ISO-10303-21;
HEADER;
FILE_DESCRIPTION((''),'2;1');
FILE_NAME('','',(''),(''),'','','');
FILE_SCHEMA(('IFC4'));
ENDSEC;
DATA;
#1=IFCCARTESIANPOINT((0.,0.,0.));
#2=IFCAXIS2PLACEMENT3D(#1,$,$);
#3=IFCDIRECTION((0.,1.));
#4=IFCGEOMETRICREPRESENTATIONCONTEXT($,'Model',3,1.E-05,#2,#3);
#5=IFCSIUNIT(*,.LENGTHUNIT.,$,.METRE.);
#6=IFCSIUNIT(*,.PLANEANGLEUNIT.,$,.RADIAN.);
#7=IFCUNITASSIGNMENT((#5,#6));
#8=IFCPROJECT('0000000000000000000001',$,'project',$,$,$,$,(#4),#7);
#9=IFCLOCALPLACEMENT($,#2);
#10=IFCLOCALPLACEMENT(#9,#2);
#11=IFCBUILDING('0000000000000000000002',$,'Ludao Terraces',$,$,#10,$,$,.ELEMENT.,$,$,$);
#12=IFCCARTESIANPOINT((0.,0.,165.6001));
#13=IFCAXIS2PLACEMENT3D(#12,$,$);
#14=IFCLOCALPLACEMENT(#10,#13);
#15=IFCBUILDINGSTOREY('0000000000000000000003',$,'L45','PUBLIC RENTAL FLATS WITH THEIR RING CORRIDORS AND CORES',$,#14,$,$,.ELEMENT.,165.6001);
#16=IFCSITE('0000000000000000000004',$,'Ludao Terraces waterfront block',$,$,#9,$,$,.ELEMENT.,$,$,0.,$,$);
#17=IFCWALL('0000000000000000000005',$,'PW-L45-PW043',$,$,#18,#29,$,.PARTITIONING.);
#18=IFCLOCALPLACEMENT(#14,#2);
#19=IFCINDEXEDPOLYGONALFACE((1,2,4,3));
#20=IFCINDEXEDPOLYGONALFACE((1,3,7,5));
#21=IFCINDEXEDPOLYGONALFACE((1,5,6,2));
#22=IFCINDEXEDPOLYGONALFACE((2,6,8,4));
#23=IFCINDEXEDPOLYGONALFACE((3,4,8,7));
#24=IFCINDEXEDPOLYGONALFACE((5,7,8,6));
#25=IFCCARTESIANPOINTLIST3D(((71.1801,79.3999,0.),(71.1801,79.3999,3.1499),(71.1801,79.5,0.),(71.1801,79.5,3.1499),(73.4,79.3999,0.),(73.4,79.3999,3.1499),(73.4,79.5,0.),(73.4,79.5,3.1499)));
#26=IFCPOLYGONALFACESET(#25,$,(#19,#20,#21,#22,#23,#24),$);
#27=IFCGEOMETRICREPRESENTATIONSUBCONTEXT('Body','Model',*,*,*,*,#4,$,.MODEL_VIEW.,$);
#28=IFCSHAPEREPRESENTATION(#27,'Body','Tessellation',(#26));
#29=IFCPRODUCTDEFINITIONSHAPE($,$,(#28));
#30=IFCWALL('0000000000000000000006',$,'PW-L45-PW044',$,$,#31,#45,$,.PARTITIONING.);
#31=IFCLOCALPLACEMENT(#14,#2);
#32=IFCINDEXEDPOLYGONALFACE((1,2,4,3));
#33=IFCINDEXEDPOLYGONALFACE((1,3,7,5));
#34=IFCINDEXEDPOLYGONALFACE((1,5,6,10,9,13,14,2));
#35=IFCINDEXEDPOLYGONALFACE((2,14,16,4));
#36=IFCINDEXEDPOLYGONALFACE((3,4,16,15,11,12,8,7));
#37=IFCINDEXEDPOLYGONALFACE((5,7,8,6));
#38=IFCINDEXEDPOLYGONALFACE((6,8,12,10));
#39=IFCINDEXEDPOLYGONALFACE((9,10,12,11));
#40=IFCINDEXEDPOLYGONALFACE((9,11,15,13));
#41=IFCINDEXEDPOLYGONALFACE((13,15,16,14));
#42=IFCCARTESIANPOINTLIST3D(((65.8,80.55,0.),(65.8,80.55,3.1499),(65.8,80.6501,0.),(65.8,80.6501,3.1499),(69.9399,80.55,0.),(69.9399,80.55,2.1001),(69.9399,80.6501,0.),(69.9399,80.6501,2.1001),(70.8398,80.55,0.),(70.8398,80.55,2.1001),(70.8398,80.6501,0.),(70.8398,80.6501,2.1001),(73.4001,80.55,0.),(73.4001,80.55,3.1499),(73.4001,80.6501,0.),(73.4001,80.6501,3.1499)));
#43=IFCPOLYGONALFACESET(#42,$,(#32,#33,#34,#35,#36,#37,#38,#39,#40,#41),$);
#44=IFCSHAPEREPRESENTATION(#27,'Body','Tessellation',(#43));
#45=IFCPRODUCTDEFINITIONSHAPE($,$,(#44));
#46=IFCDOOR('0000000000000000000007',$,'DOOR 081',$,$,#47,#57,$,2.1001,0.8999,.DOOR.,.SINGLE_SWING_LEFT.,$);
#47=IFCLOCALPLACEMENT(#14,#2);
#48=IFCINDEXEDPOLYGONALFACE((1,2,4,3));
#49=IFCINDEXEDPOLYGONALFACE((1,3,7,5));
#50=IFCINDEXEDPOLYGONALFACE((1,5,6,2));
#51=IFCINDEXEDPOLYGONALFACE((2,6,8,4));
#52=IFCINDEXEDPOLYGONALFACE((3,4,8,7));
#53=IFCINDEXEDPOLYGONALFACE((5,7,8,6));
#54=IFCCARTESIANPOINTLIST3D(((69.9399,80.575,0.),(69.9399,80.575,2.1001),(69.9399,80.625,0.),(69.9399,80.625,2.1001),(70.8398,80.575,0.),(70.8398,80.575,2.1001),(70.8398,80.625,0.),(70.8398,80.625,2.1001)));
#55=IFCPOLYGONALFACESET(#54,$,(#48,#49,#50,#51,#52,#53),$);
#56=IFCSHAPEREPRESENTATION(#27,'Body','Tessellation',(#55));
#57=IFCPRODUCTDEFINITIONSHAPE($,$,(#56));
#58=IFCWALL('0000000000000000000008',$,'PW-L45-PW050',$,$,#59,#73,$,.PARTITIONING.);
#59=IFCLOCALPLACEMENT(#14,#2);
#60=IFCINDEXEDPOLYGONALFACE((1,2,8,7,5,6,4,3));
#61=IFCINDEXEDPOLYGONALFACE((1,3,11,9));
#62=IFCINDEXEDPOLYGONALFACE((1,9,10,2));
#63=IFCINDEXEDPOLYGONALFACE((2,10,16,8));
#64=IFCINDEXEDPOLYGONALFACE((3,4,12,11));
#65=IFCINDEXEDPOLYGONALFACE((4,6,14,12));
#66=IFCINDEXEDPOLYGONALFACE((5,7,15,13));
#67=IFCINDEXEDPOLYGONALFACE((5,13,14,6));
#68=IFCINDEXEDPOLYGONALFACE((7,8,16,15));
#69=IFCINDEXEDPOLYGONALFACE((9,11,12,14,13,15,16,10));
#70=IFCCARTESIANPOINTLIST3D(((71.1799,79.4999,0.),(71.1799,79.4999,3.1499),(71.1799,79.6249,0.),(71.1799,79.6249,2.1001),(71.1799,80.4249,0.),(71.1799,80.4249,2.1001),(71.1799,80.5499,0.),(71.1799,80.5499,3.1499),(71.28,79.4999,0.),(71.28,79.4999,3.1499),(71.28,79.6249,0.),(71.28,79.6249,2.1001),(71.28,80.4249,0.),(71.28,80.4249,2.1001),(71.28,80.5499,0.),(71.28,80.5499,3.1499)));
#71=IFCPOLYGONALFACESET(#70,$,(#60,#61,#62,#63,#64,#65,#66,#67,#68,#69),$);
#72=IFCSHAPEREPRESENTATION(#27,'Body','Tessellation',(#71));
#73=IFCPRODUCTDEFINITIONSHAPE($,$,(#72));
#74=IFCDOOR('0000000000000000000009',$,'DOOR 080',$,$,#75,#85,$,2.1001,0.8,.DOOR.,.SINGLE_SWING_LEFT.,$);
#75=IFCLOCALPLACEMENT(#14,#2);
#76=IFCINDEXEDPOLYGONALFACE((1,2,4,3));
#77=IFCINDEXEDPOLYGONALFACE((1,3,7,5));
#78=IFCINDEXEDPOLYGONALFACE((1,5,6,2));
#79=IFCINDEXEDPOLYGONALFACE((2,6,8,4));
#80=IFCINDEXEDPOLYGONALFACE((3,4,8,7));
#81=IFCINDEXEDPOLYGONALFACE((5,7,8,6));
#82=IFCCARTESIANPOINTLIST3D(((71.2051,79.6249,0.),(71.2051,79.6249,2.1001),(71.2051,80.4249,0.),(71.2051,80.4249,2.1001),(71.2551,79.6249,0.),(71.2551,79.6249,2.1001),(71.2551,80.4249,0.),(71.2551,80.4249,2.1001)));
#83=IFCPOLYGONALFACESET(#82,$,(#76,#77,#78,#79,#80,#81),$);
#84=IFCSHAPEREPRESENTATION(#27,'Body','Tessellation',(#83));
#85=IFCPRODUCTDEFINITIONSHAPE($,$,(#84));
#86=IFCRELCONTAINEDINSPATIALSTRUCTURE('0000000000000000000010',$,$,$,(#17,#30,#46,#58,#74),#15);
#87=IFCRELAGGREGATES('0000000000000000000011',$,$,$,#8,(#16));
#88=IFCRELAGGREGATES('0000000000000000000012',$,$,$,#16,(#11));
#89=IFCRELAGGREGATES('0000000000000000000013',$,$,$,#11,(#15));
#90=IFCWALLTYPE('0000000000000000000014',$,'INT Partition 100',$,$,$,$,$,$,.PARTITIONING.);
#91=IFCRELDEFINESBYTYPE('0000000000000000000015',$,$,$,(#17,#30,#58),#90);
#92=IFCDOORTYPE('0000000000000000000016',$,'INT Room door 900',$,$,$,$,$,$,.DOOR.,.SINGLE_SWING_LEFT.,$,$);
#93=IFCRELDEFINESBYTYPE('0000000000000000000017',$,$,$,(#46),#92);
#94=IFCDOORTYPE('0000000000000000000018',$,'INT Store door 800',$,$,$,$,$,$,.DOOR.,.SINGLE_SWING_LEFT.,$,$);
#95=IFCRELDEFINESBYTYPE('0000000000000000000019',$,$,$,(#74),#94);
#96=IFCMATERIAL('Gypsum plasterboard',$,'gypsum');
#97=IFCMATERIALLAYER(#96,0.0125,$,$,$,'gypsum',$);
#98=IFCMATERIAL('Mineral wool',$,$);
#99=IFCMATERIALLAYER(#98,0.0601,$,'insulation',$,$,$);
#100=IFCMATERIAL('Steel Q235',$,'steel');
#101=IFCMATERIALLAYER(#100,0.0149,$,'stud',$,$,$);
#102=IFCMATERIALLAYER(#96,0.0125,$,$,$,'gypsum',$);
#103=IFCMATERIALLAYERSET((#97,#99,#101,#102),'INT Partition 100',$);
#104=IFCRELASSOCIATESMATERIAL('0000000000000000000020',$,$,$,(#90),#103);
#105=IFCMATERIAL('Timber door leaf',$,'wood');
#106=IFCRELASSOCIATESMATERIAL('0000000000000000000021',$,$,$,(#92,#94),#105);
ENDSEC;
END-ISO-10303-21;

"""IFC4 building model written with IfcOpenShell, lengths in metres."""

from ifc_helpers import new_model, si_unit, direction, frame, frame_2d, origin, place, context, subcontext, project, spatial, rectangle, extrude, material, layer, layer_set, type_object, element, fill, save


model = new_model("IFC4")

# Units and contexts
model_context = context("Model", 3, precision=1e-05, world=origin(), true_north=direction((0.0, 1.0)))
body_context = subcontext(model_context, "Body", "Model", "MODEL_VIEW")
ifc_project = project(units=[si_unit("LENGTHUNIT", "METRE"), si_unit("PLANEANGLEUNIT", "RADIAN")], contexts=[model_context])

# Site, building, storey
site_placement = place(None, origin())
site = spatial("IfcSite", under=ifc_project, at=site_placement, Name="Ludao Terraces waterfront block", CompositionType="ELEMENT", RefElevation=0.0)
building_placement = place(site_placement, origin())
building = spatial("IfcBuilding", under=site, at=building_placement, Name="Ludao Terraces", CompositionType="ELEMENT")
storey_placement = place(building_placement, frame((0.0, 0.0, 165.6001)))
storey = spatial("IfcBuildingStorey", under=building, at=storey_placement, Name="L45", Description="PUBLIC RENTAL FLATS WITH THEIR RING CORRIDORS AND CORES", CompositionType="ELEMENT", Elevation=165.6001)

# Shared definitions
ifc_material_1 = material(Name="Steel Q235", Category="steel")

# Shared definitions
ifc_material_2 = material(Name="Mineral wool")

# Wall
ifc_material_3 = material(Name="Gypsum plasterboard", Category="gypsum")
ifc_layer_1 = layer(ifc_material_3, 0.0125, Category="gypsum")
ifc_layer_2 = layer(ifc_material_2, 0.0601, Name="insulation")
ifc_layer_3 = layer(ifc_material_1, 0.0149, Name="stud")
ifc_layer_4 = layer(ifc_material_3, 0.0125, Category="gypsum")
ifc_layer_set_1 = layer_set([ifc_layer_1, ifc_layer_2, ifc_layer_3, ifc_layer_4], Name="INT Partition 100")
wall_type_1 = type_object("IfcWallType", Name="INT Partition 100", PredefinedType="PARTITIONING", material=ifc_layer_set_1)
for number, where, z_axis, x_axis, name in (
    (1, (71.1802, 79.45, 0.0), (0.0, 0.0, 1.0), (1.0, 0.0, 0.0), "PW-L45-PW043"),
):
    element("IfcWall", number, at=place(storey_placement, frame(where, z_axis=z_axis, x_axis=x_axis)), inside=storey, type_object=wall_type_1, Name=name, PredefinedType="PARTITIONING", context=body_context, shape_type="SweptSolid", body=[
        extrude(rectangle(XDim=2.22, YDim=0.1001, at=frame_2d((1.1099, 0.0))), origin(), (0.0, 0.0, 1.0), 3.1499),
    ])

# Walls, openings, doors
wall_1_placement = place(storey_placement, frame((65.8, 80.6001, 0.0), z_axis=(0.0, 0.0, 1.0), x_axis=(1.0, 0.0, 0.0)))
wall_1 = element("IfcWall", 2, at=wall_1_placement, inside=storey, type_object=wall_type_1, Name="PW-L45-PW044", PredefinedType="PARTITIONING", context=body_context, shape_type="SweptSolid", body=[
    extrude(rectangle(XDim=7.6001, YDim=0.1001, at=frame_2d((3.8, 0.0))), origin(), (0.0, 0.0, 1.0), 3.1499),
])
opening_1_placement = place(wall_1_placement, frame((4.1399, 0.0, 0.0)))
opening_1 = element("IfcOpeningElement", 3, at=opening_1_placement, cuts=wall_1, PredefinedType="OPENING", context=body_context, shape_type="SweptSolid", body=[
    extrude(rectangle(XDim=0.8999, YDim=2.1001, at=frame_2d((0.45, 1.05))), frame((0.0, 0.0601, 0.0), z_axis=(0.0, -1.0, 0.0), x_axis=(1.0, 0.0, 0.0)), (0.0, 0.0, 1.0), 0.1201),
])
ifc_material_4 = material(Name="Timber door leaf", Category="wood")
door_type_1 = type_object("IfcDoorType", Name="INT Room door 900", OperationType="SINGLE_SWING_LEFT", PredefinedType="DOOR", material=ifc_material_4)
door_1_placement = place(opening_1_placement, origin())
door_1 = element("IfcDoor", 4, at=door_1_placement, inside=storey, type_object=door_type_1, Name="DOOR 081", OperationType="SINGLE_SWING_LEFT", OverallHeight=2.1001, OverallWidth=0.8999, PredefinedType="DOOR", context=body_context, shape_type="SweptSolid", body=[
    extrude(rectangle(XDim=0.8999, YDim=2.1001, at=frame_2d((0.45, 1.05))), frame((0.0, 0.0249, 0.0), z_axis=(0.0, -1.0, 0.0), x_axis=(1.0, 0.0, 0.0)), (0.0, 0.0, 1.0), 0.05),
])
fill(opening_1, door_1)
wall_2_placement = place(storey_placement, frame((71.23, 79.5, 0.0), z_axis=(0.0, 0.0, 1.0), x_axis=(0.0, 1.0, 0.0)))
wall_2 = element("IfcWall", 5, at=wall_2_placement, inside=storey, type_object=wall_type_1, Name="PW-L45-PW050", PredefinedType="PARTITIONING", context=body_context, shape_type="SweptSolid", body=[
    extrude(rectangle(XDim=1.05, YDim=0.1001, at=frame_2d((0.5249, 0.0))), origin(), (0.0, 0.0, 1.0), 3.1499),
])
opening_2_placement = place(wall_2_placement, frame((0.125, 0.0, 0.0)))
opening_2 = element("IfcOpeningElement", 6, at=opening_2_placement, cuts=wall_2, PredefinedType="OPENING", context=body_context, shape_type="SweptSolid", body=[
    extrude(rectangle(XDim=0.8, YDim=2.1001, at=frame_2d((0.3999, 1.05))), frame((0.0, 0.0601, 0.0), z_axis=(0.0, -1.0, 0.0), x_axis=(1.0, 0.0, 0.0)), (0.0, 0.0, 1.0), 0.1201),
])
door_type_2 = type_object("IfcDoorType", Name="INT Store door 800", OperationType="SINGLE_SWING_LEFT", PredefinedType="DOOR", material=ifc_material_4)
door_2_placement = place(opening_2_placement, origin())
door_2 = element("IfcDoor", 7, at=door_2_placement, inside=storey, type_object=door_type_2, Name="DOOR 080", OperationType="SINGLE_SWING_LEFT", OverallHeight=2.1001, OverallWidth=0.8, PredefinedType="DOOR", context=body_context, shape_type="SweptSolid", body=[
    extrude(rectangle(XDim=0.8, YDim=2.1001, at=frame_2d((0.3999, 1.05))), frame((0.0, 0.0249, 0.0), z_axis=(0.0, -1.0, 0.0), x_axis=(1.0, 0.0, 0.0)), (0.0, 0.0, 1.0), 0.05),
])
fill(opening_2, door_2)

save(model, "model.ifc")
